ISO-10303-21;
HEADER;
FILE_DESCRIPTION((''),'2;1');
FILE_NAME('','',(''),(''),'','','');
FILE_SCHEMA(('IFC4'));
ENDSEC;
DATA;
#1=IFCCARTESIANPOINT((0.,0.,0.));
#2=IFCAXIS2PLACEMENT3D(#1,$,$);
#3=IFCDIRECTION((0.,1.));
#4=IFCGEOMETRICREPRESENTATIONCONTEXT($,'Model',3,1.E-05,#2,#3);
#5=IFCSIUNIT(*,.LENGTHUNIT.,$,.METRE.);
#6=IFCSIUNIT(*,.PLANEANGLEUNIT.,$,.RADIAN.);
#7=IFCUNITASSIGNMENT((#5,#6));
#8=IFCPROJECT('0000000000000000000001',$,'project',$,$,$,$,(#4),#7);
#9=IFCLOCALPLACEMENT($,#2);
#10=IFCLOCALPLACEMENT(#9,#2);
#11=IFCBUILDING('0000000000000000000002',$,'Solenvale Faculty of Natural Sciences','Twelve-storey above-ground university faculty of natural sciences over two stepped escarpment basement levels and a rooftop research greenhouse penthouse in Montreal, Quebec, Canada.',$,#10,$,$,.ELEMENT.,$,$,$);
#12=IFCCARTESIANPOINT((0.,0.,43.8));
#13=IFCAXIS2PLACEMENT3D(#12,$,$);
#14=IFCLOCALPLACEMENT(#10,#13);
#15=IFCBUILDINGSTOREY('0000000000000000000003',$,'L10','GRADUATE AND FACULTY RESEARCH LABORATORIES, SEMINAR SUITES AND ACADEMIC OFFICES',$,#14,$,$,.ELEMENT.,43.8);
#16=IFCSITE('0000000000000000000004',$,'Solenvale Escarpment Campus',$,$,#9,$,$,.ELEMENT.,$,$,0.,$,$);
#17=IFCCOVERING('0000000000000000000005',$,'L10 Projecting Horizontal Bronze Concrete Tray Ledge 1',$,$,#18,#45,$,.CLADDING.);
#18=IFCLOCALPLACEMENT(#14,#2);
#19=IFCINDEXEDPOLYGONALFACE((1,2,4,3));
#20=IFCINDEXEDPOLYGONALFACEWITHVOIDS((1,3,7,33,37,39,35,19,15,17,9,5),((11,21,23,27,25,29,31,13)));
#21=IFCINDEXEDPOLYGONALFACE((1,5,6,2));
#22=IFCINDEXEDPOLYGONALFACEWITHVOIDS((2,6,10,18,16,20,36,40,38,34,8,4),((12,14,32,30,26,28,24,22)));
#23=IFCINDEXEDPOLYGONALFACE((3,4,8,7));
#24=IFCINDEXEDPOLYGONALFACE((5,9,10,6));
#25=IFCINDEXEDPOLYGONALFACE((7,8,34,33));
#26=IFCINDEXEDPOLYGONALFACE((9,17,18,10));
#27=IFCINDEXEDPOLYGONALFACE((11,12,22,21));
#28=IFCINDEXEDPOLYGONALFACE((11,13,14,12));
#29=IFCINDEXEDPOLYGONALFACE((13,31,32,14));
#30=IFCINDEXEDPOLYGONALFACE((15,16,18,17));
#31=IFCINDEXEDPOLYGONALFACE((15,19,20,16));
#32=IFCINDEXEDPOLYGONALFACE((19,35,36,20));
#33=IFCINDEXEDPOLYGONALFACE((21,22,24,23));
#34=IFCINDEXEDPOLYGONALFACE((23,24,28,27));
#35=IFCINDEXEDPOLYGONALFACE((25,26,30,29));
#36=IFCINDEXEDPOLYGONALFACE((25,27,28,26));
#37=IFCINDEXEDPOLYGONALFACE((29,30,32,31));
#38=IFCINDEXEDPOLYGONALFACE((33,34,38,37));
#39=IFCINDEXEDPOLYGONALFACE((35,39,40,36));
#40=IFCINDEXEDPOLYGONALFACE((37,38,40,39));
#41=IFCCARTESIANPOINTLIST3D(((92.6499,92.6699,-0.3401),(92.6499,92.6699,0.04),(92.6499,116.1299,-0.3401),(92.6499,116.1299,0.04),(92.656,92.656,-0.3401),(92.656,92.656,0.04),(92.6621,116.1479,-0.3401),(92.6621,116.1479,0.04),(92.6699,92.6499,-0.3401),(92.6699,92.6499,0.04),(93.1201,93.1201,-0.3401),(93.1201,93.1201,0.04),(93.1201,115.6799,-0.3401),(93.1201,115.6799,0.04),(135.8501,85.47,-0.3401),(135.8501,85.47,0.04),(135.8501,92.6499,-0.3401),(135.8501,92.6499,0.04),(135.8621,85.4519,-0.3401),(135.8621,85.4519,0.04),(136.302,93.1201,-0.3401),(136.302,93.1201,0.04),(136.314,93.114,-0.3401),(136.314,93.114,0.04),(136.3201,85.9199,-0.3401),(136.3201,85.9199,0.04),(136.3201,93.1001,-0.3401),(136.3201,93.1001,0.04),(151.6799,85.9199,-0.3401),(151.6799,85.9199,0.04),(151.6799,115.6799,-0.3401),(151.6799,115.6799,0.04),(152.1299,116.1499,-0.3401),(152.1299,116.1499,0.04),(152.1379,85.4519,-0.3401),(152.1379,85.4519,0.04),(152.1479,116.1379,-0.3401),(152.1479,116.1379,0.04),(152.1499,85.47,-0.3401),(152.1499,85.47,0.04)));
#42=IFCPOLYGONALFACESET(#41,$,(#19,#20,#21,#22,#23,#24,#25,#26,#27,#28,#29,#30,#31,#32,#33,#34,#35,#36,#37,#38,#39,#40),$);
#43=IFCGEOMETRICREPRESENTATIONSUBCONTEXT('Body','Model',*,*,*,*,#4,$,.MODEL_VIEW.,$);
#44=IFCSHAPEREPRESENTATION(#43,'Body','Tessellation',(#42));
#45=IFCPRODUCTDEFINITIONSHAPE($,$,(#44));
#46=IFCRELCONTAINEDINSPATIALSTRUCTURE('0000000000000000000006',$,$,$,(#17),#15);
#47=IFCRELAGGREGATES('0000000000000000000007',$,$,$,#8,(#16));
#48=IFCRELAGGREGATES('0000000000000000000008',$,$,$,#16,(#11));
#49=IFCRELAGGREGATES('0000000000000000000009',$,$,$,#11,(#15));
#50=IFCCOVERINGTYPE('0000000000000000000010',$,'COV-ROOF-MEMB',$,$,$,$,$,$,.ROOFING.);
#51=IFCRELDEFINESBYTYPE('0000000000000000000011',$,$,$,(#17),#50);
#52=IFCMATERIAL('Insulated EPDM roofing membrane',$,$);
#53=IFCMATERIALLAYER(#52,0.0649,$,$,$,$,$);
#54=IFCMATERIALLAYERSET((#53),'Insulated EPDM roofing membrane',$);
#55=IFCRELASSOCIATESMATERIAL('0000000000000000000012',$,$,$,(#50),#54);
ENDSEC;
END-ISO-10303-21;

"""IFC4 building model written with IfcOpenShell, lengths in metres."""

from ifc_helpers import new_model, si_unit, direction, frame, origin, place, context, subcontext, project, spatial, polyline, outline, extrude, material, layer, layer_set, type_object, element, save


model = new_model("IFC4")

# Units and contexts
model_context = context("Model", 3, precision=1e-05, world=origin(), true_north=direction((0.0, 1.0)))
body_context = subcontext(model_context, "Body", "Model", "MODEL_VIEW")
ifc_project = project(units=[si_unit("LENGTHUNIT", "METRE"), si_unit("PLANEANGLEUNIT", "RADIAN")], contexts=[model_context])

# Site, building, storey
site_placement = place(None, origin())
site = spatial("IfcSite", under=ifc_project, at=site_placement, Name="Solenvale Escarpment Campus", CompositionType="ELEMENT", RefElevation=0.0)
building_placement = place(site_placement, origin())
building = spatial("IfcBuilding", under=site, at=building_placement, Name="Solenvale Faculty of Natural Sciences", Description="Twelve-storey above-ground university faculty of natural sciences over two stepped escarpment basement levels and a rooftop research greenhouse penthouse in Montreal, Quebec, Canada.", CompositionType="ELEMENT")
storey_placement = place(building_placement, frame((0.0, 0.0, 43.8)))
storey = spatial("IfcBuildingStorey", under=building, at=storey_placement, Name="L10", Description="GRADUATE AND FACULTY RESEARCH LABORATORIES, SEMINAR SUITES AND ACADEMIC OFFICES", CompositionType="ELEMENT", Elevation=43.8)

# Covering
ifc_material_1 = material(Name="Insulated EPDM roofing membrane")
ifc_layer_1 = layer(ifc_material_1, 0.0649)
ifc_layer_set_1 = layer_set([ifc_layer_1], Name="Insulated EPDM roofing membrane")
covering_type_1 = type_object("IfcCoveringType", Name="COV-ROOF-MEMB", PredefinedType="ROOFING", material=ifc_layer_set_1)
covering_1_placement = place(storey_placement, frame((0.0, 0.0, -0.3401)))
element("IfcCovering", 1, at=covering_1_placement, inside=storey, type_object=covering_type_1, Name="L10 Projecting Horizontal Bronze Concrete Tray Ledge 1", PredefinedType="CLADDING", context=body_context, shape_type="SweptSolid", body=[
    extrude(outline(polyline([(92.6699, 92.6499), (92.656, 92.656), (92.6499, 92.6699), (92.6499, 116.1299), (92.6621, 116.1479), (152.1299, 116.1499), (152.1479, 116.1379), (152.1499, 85.47), (152.1379, 85.4519), (135.8621, 85.4519), (135.8501, 85.47), (135.8501, 92.6499), (92.6699, 92.6499)]), holes=[polyline([(93.1201, 93.1201), (136.302, 93.1201), (136.314, 93.114), (136.3201, 93.1001), (136.3201, 85.9199), (151.6799, 85.9199), (151.6799, 115.6799), (93.1201, 115.6799), (93.1201, 93.1201)])]), origin(), (0.0, 0.0, 1.0), 0.3801),
])

save(model, "model.ifc")
